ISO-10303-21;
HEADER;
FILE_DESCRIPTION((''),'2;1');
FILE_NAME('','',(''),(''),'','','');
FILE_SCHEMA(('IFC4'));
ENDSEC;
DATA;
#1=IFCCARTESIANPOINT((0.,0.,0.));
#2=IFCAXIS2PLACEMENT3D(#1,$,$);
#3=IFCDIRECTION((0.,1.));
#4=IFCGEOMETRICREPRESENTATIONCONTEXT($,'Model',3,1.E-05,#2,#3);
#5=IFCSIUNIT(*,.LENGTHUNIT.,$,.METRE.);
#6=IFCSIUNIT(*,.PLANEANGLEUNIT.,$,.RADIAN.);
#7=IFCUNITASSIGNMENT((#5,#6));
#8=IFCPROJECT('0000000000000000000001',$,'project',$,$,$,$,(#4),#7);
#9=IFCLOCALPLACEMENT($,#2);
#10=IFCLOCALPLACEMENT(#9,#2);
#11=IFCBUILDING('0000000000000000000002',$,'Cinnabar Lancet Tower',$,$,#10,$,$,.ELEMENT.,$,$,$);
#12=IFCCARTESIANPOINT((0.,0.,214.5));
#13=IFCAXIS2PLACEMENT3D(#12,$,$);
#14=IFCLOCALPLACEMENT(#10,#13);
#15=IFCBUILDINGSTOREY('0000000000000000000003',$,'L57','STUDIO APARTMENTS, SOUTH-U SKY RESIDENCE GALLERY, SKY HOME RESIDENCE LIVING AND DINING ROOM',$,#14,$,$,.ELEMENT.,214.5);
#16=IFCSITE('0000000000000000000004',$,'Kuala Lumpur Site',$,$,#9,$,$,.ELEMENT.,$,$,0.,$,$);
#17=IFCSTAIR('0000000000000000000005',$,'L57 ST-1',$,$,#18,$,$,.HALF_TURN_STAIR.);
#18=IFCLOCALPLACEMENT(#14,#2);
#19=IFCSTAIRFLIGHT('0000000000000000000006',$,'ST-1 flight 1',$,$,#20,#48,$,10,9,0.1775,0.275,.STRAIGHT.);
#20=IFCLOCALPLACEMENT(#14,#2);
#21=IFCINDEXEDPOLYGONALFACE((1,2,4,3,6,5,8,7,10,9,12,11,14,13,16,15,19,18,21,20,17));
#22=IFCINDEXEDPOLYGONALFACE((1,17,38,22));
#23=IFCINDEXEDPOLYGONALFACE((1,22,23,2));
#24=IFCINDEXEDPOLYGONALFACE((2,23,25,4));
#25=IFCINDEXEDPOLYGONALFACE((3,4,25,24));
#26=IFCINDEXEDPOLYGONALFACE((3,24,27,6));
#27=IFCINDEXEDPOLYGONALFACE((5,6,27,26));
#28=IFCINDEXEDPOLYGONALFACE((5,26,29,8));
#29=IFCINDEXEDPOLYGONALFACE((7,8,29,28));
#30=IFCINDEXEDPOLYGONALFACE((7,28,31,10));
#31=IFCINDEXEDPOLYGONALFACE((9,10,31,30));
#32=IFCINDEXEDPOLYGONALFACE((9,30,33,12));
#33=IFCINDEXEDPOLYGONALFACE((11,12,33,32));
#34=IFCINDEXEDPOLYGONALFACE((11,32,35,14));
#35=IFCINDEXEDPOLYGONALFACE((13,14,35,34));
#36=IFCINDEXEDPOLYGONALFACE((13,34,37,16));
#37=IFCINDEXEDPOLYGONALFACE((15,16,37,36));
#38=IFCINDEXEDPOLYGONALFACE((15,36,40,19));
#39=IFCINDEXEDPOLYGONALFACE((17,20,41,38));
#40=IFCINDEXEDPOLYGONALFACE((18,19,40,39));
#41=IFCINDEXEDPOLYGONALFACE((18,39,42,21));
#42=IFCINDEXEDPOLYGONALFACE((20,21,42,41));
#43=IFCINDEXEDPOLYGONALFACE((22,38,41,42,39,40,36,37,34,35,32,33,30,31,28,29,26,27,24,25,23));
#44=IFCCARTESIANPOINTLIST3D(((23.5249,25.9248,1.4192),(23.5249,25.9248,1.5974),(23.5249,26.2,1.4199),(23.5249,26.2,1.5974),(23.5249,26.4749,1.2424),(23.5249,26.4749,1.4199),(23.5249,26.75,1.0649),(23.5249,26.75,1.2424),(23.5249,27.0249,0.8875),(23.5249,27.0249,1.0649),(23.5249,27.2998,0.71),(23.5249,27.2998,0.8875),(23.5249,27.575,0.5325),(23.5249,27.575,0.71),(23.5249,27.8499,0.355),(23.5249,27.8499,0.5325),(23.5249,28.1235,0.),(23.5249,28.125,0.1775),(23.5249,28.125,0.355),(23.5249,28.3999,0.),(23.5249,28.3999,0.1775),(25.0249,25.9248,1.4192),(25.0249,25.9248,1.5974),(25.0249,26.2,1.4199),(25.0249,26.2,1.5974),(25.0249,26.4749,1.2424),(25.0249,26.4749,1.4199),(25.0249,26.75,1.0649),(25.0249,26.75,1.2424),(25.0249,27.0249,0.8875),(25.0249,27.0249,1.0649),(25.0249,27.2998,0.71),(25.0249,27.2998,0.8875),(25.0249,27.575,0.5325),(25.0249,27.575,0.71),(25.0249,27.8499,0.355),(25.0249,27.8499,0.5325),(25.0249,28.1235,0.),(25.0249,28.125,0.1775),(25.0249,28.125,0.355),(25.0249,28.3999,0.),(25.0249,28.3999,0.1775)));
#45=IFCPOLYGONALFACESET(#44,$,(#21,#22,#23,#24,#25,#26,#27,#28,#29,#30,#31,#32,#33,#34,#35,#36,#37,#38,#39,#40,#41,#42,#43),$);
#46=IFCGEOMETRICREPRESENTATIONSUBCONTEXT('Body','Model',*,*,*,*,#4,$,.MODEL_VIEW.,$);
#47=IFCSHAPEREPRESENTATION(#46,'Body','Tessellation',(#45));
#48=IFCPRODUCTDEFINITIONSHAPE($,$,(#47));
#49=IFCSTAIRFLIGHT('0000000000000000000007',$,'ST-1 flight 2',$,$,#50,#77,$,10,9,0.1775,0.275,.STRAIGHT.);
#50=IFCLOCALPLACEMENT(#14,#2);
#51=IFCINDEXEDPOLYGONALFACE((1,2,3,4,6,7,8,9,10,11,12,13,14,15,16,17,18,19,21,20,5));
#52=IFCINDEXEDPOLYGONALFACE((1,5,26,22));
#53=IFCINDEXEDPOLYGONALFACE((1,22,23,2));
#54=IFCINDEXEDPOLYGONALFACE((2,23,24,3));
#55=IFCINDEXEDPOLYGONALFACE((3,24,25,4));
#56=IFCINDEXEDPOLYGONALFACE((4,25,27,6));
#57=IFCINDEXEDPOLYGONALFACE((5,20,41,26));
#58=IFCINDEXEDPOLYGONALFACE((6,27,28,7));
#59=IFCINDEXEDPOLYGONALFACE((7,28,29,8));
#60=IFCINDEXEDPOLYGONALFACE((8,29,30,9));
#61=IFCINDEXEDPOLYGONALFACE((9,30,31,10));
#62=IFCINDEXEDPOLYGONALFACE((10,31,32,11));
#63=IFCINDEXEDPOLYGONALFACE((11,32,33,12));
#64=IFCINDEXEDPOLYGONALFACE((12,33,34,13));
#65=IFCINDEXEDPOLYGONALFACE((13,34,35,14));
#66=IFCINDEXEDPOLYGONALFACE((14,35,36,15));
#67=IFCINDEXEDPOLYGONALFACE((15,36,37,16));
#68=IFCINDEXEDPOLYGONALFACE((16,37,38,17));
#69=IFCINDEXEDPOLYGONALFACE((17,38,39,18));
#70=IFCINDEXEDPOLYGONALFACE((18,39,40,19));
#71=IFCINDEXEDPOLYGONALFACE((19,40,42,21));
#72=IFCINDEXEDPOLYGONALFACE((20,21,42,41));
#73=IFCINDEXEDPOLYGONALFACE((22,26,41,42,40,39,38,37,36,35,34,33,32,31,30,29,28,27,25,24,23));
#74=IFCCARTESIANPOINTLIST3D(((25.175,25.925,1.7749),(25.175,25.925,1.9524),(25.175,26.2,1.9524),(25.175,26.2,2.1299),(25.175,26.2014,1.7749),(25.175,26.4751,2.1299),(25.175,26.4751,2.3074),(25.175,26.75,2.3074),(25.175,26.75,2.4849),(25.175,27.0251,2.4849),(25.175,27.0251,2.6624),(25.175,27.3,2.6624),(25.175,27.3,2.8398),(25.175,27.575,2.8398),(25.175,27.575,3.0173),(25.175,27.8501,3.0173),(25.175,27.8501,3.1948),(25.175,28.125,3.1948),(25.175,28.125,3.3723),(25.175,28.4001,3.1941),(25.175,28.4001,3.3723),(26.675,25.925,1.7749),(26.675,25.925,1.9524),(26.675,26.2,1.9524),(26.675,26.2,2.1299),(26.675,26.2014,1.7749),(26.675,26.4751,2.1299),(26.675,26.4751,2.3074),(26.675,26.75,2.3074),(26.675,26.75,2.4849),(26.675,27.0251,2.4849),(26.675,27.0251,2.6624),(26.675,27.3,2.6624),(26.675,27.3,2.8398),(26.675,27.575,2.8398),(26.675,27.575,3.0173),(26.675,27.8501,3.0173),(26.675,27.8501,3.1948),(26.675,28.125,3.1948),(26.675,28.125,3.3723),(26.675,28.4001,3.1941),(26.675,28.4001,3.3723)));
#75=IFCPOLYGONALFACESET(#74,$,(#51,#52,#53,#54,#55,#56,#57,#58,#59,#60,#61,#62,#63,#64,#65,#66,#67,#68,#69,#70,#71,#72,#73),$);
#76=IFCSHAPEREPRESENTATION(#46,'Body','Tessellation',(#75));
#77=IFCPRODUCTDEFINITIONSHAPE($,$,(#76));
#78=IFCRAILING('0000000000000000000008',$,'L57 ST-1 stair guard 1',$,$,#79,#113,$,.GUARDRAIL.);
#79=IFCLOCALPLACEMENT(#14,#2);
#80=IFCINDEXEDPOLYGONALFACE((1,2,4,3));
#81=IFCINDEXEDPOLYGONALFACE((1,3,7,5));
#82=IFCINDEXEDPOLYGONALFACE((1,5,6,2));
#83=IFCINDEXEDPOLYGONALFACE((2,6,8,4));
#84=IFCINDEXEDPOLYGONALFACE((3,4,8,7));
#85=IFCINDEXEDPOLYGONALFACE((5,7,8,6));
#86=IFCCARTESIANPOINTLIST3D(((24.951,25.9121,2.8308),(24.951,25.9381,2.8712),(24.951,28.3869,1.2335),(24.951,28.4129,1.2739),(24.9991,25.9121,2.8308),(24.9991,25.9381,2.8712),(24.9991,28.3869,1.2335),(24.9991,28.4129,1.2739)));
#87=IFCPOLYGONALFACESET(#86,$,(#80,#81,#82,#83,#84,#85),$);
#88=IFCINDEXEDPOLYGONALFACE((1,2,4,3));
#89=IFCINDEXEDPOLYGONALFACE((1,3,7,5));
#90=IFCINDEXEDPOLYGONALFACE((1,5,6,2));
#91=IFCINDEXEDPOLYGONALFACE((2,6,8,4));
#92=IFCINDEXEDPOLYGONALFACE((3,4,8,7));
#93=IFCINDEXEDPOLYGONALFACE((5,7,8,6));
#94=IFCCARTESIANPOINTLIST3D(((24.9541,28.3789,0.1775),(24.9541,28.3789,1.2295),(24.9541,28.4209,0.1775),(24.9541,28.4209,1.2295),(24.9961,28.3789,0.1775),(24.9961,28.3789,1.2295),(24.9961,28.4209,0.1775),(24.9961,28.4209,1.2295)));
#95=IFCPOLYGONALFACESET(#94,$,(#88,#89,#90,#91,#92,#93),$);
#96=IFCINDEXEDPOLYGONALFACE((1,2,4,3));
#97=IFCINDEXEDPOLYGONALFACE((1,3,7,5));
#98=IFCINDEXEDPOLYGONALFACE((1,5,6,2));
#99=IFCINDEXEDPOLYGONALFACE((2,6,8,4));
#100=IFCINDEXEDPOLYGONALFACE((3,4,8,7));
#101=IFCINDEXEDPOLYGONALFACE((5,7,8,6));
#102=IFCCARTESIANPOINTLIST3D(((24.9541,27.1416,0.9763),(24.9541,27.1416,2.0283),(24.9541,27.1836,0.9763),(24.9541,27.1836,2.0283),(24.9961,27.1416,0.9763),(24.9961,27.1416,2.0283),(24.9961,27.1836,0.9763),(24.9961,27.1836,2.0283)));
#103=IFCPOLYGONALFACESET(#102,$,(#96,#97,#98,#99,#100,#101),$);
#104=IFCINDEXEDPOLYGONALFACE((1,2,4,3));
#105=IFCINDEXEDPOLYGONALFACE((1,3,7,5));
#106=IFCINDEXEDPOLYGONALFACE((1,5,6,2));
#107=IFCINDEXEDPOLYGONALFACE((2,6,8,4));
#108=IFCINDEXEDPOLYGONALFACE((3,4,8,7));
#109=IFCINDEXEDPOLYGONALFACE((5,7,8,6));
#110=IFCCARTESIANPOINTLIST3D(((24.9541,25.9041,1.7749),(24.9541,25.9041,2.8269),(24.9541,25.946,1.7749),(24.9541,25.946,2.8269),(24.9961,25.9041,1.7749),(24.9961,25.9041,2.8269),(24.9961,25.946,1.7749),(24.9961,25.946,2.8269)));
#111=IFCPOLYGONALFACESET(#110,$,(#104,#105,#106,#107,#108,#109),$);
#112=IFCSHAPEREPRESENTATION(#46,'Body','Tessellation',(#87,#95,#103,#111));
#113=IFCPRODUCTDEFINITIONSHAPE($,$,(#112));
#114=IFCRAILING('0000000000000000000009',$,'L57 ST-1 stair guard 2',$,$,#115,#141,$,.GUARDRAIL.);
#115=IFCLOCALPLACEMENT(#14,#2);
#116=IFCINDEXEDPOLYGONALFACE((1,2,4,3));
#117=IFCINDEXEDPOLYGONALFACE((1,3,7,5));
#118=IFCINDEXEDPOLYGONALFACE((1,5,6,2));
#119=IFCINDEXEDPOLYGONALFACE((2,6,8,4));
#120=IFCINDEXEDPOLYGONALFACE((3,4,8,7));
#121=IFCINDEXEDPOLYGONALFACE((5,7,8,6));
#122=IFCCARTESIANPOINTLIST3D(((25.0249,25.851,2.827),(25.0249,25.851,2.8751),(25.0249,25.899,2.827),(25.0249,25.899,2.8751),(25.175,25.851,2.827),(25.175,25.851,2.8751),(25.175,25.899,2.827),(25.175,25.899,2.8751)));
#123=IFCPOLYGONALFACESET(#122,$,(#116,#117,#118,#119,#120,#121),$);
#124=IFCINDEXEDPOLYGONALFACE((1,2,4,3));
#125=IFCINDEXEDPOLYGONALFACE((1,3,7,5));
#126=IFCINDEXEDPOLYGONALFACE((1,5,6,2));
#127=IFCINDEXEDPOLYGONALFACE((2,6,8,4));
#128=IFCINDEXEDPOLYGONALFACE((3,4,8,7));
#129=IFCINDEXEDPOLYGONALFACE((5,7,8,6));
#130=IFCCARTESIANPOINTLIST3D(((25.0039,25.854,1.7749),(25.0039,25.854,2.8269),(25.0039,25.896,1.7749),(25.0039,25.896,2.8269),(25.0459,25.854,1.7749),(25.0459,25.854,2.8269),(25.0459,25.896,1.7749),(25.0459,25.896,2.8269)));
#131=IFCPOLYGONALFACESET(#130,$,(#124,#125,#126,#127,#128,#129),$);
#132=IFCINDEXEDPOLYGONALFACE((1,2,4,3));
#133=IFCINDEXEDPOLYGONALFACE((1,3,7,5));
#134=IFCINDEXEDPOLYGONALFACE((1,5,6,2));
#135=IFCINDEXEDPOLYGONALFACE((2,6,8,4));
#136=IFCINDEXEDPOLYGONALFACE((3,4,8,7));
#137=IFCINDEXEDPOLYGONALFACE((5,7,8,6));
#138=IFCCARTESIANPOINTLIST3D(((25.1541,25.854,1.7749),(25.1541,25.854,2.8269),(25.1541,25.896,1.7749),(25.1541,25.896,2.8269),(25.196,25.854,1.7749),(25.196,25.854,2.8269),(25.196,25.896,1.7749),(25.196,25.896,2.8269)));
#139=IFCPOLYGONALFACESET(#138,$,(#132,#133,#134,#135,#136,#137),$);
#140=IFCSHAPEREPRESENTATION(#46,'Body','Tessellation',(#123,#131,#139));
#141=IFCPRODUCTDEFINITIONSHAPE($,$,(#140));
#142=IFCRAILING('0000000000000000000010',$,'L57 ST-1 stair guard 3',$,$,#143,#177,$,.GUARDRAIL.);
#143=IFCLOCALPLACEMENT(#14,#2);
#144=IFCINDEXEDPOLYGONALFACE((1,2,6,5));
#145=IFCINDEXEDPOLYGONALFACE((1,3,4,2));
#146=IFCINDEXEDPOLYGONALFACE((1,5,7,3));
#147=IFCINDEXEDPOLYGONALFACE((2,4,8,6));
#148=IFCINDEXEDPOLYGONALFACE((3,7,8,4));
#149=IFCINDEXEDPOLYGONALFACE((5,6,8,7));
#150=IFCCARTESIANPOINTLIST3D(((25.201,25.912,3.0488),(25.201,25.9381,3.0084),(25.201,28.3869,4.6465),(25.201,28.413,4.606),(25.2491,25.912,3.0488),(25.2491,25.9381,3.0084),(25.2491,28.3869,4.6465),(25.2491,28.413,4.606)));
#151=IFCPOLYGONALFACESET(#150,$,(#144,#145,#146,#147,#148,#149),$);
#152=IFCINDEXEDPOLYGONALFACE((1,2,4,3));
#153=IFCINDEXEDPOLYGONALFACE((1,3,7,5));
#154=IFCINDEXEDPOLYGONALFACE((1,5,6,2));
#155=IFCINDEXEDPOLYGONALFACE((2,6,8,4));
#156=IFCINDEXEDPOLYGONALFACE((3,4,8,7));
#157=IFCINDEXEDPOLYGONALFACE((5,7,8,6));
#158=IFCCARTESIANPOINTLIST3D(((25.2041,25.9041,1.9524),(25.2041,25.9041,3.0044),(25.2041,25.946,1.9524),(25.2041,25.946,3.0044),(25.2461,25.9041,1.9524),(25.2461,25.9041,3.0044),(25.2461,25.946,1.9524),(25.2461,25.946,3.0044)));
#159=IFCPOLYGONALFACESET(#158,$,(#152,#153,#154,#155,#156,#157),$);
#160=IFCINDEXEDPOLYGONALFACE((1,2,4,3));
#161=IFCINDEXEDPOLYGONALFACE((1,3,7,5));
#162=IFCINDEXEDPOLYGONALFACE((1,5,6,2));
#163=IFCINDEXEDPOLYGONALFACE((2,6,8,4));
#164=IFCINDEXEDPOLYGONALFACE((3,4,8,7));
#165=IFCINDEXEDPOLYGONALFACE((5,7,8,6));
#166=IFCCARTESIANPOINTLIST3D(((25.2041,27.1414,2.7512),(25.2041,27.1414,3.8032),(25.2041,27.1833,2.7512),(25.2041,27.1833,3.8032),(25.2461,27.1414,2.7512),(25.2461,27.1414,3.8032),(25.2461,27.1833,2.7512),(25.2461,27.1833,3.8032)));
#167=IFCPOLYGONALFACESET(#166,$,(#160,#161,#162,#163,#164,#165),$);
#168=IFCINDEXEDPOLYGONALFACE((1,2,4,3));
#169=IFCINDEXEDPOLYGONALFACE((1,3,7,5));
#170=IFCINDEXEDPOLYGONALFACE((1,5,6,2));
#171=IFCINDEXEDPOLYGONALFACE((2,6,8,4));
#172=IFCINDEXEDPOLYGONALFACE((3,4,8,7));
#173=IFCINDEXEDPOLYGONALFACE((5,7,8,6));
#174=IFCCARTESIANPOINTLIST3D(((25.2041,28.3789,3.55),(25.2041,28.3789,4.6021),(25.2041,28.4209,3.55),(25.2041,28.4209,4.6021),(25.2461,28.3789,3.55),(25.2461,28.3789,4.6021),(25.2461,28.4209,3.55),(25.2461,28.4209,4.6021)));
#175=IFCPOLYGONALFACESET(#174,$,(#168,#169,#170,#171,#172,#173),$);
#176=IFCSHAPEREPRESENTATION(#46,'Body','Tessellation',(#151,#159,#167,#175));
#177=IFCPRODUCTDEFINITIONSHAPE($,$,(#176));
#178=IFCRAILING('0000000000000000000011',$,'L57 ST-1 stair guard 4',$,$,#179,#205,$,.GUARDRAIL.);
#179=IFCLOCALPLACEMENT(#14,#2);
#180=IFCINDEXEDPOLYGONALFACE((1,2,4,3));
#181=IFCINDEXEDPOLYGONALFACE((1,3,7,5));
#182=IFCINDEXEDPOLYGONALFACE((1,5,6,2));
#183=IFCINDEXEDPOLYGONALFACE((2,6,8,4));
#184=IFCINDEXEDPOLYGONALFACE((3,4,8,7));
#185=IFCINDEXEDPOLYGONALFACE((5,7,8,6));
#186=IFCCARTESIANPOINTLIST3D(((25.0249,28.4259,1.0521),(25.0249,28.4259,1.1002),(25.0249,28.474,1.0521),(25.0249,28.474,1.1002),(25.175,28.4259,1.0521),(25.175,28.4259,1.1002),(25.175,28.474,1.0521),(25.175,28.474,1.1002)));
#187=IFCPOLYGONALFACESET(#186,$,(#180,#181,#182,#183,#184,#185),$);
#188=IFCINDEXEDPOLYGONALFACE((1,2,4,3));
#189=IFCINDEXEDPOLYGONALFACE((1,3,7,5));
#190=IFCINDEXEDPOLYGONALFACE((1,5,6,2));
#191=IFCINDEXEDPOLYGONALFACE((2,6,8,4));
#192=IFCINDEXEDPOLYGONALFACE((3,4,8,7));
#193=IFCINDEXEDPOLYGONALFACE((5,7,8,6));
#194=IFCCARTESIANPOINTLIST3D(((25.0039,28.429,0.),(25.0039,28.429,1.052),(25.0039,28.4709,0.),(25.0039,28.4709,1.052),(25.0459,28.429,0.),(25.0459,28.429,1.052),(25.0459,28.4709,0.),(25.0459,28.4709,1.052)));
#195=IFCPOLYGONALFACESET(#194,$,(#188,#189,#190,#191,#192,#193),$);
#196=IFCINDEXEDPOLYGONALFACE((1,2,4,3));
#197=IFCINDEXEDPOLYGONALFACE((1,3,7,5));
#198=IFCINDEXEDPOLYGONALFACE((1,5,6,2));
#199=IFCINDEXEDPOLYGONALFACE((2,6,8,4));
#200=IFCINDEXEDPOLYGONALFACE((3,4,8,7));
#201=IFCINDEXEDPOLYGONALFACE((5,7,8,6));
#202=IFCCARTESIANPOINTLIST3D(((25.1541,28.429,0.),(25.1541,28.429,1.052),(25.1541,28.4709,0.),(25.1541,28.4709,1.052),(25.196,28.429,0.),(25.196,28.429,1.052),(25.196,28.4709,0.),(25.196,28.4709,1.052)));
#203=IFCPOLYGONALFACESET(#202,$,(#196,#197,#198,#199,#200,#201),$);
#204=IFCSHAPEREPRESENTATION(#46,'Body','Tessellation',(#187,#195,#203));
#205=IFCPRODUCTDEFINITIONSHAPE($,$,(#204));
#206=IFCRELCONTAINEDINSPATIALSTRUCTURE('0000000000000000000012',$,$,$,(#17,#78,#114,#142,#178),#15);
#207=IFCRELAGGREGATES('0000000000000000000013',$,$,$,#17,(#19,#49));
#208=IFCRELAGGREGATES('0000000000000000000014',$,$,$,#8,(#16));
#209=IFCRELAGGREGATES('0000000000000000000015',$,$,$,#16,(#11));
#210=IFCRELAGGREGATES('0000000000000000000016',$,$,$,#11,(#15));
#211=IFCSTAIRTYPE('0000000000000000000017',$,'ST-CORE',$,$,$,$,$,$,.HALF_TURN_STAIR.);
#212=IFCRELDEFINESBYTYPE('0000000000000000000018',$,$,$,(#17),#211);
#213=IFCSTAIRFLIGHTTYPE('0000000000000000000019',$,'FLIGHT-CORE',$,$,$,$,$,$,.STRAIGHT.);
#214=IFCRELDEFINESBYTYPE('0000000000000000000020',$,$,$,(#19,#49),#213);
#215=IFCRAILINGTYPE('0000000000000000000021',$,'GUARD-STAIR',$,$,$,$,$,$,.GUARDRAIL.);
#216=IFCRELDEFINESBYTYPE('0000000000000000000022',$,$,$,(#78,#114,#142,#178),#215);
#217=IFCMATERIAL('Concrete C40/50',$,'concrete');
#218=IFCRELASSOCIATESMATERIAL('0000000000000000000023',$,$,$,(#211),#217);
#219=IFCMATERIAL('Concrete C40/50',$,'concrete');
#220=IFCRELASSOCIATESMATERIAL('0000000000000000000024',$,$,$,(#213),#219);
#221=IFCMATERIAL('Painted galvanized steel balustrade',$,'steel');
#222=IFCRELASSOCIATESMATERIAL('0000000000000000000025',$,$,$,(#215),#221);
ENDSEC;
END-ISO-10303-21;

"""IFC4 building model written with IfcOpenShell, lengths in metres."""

from ifc_helpers import new_model, si_unit, direction, frame, origin, origin_2d, place, context, subcontext, project, spatial, polyline, rectangle, outline, extrude, material, type_object, element, aggregate, save


model = new_model("IFC4")

# Units and contexts
model_context = context("Model", 3, precision=1e-05, world=origin(), true_north=direction((0.0, 1.0)))
body_context = subcontext(model_context, "Body", "Model", "MODEL_VIEW")
ifc_project = project(units=[si_unit("LENGTHUNIT", "METRE"), si_unit("PLANEANGLEUNIT", "RADIAN")], contexts=[model_context])

# Site, building, storey
site_placement = place(None, origin())
site = spatial("IfcSite", under=ifc_project, at=site_placement, Name="Kuala Lumpur Site", CompositionType="ELEMENT", RefElevation=0.0)
building_placement = place(site_placement, origin())
building = spatial("IfcBuilding", under=site, at=building_placement, Name="Cinnabar Lancet Tower", CompositionType="ELEMENT")
storey_placement = place(building_placement, frame((0.0, 0.0, 214.5)))
storey = spatial("IfcBuildingStorey", under=building, at=storey_placement, Name="L57", Description="STUDIO APARTMENTS, SOUTH-U SKY RESIDENCE GALLERY, SKY HOME RESIDENCE LIVING AND DINING ROOM", CompositionType="ELEMENT", Elevation=214.5)

# Stair, stair flights
ifc_material_1 = material(Name="Concrete C40/50", Category="concrete")
stair_type = type_object("IfcStairType", Name="ST-CORE", PredefinedType="HALF_TURN_STAIR", material=ifc_material_1)
stair_placement = place(storey_placement, origin())
stair = element("IfcStair", 1, at=stair_placement, inside=storey, type_object=stair_type, Name="L57 ST-1", PredefinedType="HALF_TURN_STAIR")
ifc_material_2 = material(Name="Concrete C40/50", Category="concrete")
stair_flight_type = type_object("IfcStairFlightType", Name="FLIGHT-CORE", PredefinedType="STRAIGHT", material=ifc_material_2)
stair_flight_1_placement = place(storey_placement, frame((24.2749, 28.3999, 0.0), z_axis=(0.0, 0.0, 1.0), x_axis=(0.0, -1.0, 0.0)))
stair_flight_1 = element("IfcStairFlight", 2, at=stair_flight_1_placement, type_object=stair_flight_type, Name="ST-1 flight 1", NumberOfRisers=10, NumberOfTreads=9, PredefinedType="STRAIGHT", RiserHeight=0.1775, TreadLength=0.275, context=body_context, shape_type="SweptSolid", body=[
    extrude(outline(polyline([(0.0, 0.0), (0.0, 0.1775), (0.2749, 0.1775), (0.2749, 0.355), (0.55, 0.355), (0.55, 0.5325), (0.825, 0.5325), (0.825, 0.71), (1.1001, 0.71), (1.1001, 0.8875), (1.375, 0.8875), (1.375, 1.0649), (1.6499, 1.0649), (1.6499, 1.2424), (1.925, 1.2424), (1.925, 1.4199), (2.2, 1.4199), (2.2, 1.5974), (2.4751, 1.5974), (2.4751, 1.7749), (2.4751, 1.4192), (0.2764, 0.0), (0.0, 0.0)])), frame((0.0, 0.75, 0.0), z_axis=(0.0, -1.0, 0.0), x_axis=(1.0, 0.0, 0.0)), (0.0, 0.0, 1.0), 1.5),
])
stair_flight_2_placement = place(storey_placement, frame((25.925, 25.925, 1.7749), z_axis=(0.0, 0.0, 1.0), x_axis=(0.0, 1.0, 0.0)))
stair_flight_2 = element("IfcStairFlight", 3, at=stair_flight_2_placement, type_object=stair_flight_type, Name="ST-1 flight 2", NumberOfRisers=10, NumberOfTreads=9, PredefinedType="STRAIGHT", RiserHeight=0.1775, TreadLength=0.275, context=body_context, shape_type="SweptSolid", body=[
    extrude(outline(polyline([(0.0, 0.0), (0.0, 0.1775), (0.2749, 0.1775), (0.2749, 0.355), (0.55, 0.355), (0.55, 0.5325), (0.825, 0.5325), (0.825, 0.71), (1.1001, 0.71), (1.1001, 0.8875), (1.375, 0.8875), (1.375, 1.0649), (1.6499, 1.0649), (1.6499, 1.2424), (1.925, 1.2424), (1.925, 1.4199), (2.2, 1.4199), (2.2, 1.5974), (2.4751, 1.5974), (2.4751, 1.7749), (2.4751, 1.4192), (0.2764, 0.0), (0.0, 0.0)])), frame((0.0, 0.75, 0.0), z_axis=(0.0, -1.0, 0.0), x_axis=(1.0, 0.0, 0.0)), (0.0, 0.0, 1.0), 1.5),
])
aggregate(stair, [stair_flight_1, stair_flight_2])

# Railings
ifc_material_3 = material(Name="Painted galvanized steel balustrade", Category="steel")
railing_type_1 = type_object("IfcRailingType", Name="GUARD-STAIR", PredefinedType="GUARDRAIL", material=ifc_material_3)
railing_1_placement = place(storey_placement, frame((24.9751, 28.3999, 0.1775)))
element("IfcRailing", 4, at=railing_1_placement, inside=storey, type_object=railing_type_1, Name="L57 ST-1 stair guard 1", PredefinedType="GUARDRAIL", context=body_context, shape_type="SweptSolid", body=[
    extrude(rectangle(XDim=0.0481, YDim=0.0481, at=origin_2d()), frame((0.0, 0.0, 1.0762), z_axis=(0.0, -0.840183, 0.542302), x_axis=(1.0, 0.0, 0.0)), (0.0, 0.0, 1.0), 2.9456),
    extrude(rectangle(XDim=0.042, YDim=0.042, at=origin_2d()), origin(), (0.0, 0.0, 1.0), 1.052),
    extrude(rectangle(XDim=0.042, YDim=0.042, at=origin_2d()), frame((0.0, -1.2373, 0.7988)), (0.0, 0.0, 1.0), 1.052),
    extrude(rectangle(XDim=0.042, YDim=0.042, at=origin_2d()), frame((0.0, -2.4749, 1.5974)), (0.0, 0.0, 1.0), 1.052),
])
railing_2_placement = place(storey_placement, frame((25.0249, 25.875, 1.7749)))
element("IfcRailing", 5, at=railing_2_placement, inside=storey, type_object=railing_type_1, Name="L57 ST-1 stair guard 2", PredefinedType="GUARDRAIL", context=body_context, shape_type="SweptSolid", body=[
    extrude(rectangle(XDim=0.0481, YDim=0.0481, at=origin_2d()), frame((0.0, 0.0, 1.0762), z_axis=(1.0, 0.0, 0.0), x_axis=(0.0, 1.0, 0.0)), (0.0, 0.0, 1.0), 0.1501),
    extrude(rectangle(XDim=0.042, YDim=0.042, at=origin_2d()), origin(), (0.0, 0.0, 1.0), 1.052),
    extrude(rectangle(XDim=0.042, YDim=0.042, at=origin_2d()), frame((0.1501, 0.0, 0.0)), (0.0, 0.0, 1.0), 1.052),
])
railing_3_placement = place(storey_placement, frame((25.2251, 25.925, 1.9524)))
element("IfcRailing", 6, at=railing_3_placement, inside=storey, type_object=railing_type_1, Name="L57 ST-1 stair guard 3", PredefinedType="GUARDRAIL", context=body_context, shape_type="SweptSolid", body=[
    extrude(rectangle(XDim=0.0481, YDim=0.0481, at=origin_2d()), frame((0.0, 0.0, 1.0762), z_axis=(0.0, 0.840146, 0.542361), x_axis=(-1.0, 0.0, 0.0)), (0.0, 0.0, 1.0), 2.9458),
    extrude(rectangle(XDim=0.042, YDim=0.042, at=origin_2d()), origin(), (0.0, 0.0, 1.0), 1.052),
    extrude(rectangle(XDim=0.042, YDim=0.042, at=origin_2d()), frame((0.0, 1.2373, 0.7988)), (0.0, 0.0, 1.0), 1.052),
    extrude(rectangle(XDim=0.042, YDim=0.042, at=origin_2d()), frame((0.0, 2.4749, 1.5977)), (0.0, 0.0, 1.0), 1.052),
])
railing_4_placement = place(storey_placement, frame((25.0249, 28.45, 0.0)))
element("IfcRailing", 7, at=railing_4_placement, inside=storey, type_object=railing_type_1, Name="L57 ST-1 stair guard 4", PredefinedType="GUARDRAIL", context=body_context, shape_type="SweptSolid", body=[
    extrude(rectangle(XDim=0.0481, YDim=0.0481, at=origin_2d()), frame((0.0, 0.0, 1.0762), z_axis=(1.0, 0.0, 0.0), x_axis=(0.0, 1.0, 0.0)), (0.0, 0.0, 1.0), 0.1501),
    extrude(rectangle(XDim=0.042, YDim=0.042, at=origin_2d()), origin(), (0.0, 0.0, 1.0), 1.052),
    extrude(rectangle(XDim=0.042, YDim=0.042, at=origin_2d()), frame((0.1501, 0.0, 0.0)), (0.0, 0.0, 1.0), 1.052),
])

save(model, "model.ifc")
